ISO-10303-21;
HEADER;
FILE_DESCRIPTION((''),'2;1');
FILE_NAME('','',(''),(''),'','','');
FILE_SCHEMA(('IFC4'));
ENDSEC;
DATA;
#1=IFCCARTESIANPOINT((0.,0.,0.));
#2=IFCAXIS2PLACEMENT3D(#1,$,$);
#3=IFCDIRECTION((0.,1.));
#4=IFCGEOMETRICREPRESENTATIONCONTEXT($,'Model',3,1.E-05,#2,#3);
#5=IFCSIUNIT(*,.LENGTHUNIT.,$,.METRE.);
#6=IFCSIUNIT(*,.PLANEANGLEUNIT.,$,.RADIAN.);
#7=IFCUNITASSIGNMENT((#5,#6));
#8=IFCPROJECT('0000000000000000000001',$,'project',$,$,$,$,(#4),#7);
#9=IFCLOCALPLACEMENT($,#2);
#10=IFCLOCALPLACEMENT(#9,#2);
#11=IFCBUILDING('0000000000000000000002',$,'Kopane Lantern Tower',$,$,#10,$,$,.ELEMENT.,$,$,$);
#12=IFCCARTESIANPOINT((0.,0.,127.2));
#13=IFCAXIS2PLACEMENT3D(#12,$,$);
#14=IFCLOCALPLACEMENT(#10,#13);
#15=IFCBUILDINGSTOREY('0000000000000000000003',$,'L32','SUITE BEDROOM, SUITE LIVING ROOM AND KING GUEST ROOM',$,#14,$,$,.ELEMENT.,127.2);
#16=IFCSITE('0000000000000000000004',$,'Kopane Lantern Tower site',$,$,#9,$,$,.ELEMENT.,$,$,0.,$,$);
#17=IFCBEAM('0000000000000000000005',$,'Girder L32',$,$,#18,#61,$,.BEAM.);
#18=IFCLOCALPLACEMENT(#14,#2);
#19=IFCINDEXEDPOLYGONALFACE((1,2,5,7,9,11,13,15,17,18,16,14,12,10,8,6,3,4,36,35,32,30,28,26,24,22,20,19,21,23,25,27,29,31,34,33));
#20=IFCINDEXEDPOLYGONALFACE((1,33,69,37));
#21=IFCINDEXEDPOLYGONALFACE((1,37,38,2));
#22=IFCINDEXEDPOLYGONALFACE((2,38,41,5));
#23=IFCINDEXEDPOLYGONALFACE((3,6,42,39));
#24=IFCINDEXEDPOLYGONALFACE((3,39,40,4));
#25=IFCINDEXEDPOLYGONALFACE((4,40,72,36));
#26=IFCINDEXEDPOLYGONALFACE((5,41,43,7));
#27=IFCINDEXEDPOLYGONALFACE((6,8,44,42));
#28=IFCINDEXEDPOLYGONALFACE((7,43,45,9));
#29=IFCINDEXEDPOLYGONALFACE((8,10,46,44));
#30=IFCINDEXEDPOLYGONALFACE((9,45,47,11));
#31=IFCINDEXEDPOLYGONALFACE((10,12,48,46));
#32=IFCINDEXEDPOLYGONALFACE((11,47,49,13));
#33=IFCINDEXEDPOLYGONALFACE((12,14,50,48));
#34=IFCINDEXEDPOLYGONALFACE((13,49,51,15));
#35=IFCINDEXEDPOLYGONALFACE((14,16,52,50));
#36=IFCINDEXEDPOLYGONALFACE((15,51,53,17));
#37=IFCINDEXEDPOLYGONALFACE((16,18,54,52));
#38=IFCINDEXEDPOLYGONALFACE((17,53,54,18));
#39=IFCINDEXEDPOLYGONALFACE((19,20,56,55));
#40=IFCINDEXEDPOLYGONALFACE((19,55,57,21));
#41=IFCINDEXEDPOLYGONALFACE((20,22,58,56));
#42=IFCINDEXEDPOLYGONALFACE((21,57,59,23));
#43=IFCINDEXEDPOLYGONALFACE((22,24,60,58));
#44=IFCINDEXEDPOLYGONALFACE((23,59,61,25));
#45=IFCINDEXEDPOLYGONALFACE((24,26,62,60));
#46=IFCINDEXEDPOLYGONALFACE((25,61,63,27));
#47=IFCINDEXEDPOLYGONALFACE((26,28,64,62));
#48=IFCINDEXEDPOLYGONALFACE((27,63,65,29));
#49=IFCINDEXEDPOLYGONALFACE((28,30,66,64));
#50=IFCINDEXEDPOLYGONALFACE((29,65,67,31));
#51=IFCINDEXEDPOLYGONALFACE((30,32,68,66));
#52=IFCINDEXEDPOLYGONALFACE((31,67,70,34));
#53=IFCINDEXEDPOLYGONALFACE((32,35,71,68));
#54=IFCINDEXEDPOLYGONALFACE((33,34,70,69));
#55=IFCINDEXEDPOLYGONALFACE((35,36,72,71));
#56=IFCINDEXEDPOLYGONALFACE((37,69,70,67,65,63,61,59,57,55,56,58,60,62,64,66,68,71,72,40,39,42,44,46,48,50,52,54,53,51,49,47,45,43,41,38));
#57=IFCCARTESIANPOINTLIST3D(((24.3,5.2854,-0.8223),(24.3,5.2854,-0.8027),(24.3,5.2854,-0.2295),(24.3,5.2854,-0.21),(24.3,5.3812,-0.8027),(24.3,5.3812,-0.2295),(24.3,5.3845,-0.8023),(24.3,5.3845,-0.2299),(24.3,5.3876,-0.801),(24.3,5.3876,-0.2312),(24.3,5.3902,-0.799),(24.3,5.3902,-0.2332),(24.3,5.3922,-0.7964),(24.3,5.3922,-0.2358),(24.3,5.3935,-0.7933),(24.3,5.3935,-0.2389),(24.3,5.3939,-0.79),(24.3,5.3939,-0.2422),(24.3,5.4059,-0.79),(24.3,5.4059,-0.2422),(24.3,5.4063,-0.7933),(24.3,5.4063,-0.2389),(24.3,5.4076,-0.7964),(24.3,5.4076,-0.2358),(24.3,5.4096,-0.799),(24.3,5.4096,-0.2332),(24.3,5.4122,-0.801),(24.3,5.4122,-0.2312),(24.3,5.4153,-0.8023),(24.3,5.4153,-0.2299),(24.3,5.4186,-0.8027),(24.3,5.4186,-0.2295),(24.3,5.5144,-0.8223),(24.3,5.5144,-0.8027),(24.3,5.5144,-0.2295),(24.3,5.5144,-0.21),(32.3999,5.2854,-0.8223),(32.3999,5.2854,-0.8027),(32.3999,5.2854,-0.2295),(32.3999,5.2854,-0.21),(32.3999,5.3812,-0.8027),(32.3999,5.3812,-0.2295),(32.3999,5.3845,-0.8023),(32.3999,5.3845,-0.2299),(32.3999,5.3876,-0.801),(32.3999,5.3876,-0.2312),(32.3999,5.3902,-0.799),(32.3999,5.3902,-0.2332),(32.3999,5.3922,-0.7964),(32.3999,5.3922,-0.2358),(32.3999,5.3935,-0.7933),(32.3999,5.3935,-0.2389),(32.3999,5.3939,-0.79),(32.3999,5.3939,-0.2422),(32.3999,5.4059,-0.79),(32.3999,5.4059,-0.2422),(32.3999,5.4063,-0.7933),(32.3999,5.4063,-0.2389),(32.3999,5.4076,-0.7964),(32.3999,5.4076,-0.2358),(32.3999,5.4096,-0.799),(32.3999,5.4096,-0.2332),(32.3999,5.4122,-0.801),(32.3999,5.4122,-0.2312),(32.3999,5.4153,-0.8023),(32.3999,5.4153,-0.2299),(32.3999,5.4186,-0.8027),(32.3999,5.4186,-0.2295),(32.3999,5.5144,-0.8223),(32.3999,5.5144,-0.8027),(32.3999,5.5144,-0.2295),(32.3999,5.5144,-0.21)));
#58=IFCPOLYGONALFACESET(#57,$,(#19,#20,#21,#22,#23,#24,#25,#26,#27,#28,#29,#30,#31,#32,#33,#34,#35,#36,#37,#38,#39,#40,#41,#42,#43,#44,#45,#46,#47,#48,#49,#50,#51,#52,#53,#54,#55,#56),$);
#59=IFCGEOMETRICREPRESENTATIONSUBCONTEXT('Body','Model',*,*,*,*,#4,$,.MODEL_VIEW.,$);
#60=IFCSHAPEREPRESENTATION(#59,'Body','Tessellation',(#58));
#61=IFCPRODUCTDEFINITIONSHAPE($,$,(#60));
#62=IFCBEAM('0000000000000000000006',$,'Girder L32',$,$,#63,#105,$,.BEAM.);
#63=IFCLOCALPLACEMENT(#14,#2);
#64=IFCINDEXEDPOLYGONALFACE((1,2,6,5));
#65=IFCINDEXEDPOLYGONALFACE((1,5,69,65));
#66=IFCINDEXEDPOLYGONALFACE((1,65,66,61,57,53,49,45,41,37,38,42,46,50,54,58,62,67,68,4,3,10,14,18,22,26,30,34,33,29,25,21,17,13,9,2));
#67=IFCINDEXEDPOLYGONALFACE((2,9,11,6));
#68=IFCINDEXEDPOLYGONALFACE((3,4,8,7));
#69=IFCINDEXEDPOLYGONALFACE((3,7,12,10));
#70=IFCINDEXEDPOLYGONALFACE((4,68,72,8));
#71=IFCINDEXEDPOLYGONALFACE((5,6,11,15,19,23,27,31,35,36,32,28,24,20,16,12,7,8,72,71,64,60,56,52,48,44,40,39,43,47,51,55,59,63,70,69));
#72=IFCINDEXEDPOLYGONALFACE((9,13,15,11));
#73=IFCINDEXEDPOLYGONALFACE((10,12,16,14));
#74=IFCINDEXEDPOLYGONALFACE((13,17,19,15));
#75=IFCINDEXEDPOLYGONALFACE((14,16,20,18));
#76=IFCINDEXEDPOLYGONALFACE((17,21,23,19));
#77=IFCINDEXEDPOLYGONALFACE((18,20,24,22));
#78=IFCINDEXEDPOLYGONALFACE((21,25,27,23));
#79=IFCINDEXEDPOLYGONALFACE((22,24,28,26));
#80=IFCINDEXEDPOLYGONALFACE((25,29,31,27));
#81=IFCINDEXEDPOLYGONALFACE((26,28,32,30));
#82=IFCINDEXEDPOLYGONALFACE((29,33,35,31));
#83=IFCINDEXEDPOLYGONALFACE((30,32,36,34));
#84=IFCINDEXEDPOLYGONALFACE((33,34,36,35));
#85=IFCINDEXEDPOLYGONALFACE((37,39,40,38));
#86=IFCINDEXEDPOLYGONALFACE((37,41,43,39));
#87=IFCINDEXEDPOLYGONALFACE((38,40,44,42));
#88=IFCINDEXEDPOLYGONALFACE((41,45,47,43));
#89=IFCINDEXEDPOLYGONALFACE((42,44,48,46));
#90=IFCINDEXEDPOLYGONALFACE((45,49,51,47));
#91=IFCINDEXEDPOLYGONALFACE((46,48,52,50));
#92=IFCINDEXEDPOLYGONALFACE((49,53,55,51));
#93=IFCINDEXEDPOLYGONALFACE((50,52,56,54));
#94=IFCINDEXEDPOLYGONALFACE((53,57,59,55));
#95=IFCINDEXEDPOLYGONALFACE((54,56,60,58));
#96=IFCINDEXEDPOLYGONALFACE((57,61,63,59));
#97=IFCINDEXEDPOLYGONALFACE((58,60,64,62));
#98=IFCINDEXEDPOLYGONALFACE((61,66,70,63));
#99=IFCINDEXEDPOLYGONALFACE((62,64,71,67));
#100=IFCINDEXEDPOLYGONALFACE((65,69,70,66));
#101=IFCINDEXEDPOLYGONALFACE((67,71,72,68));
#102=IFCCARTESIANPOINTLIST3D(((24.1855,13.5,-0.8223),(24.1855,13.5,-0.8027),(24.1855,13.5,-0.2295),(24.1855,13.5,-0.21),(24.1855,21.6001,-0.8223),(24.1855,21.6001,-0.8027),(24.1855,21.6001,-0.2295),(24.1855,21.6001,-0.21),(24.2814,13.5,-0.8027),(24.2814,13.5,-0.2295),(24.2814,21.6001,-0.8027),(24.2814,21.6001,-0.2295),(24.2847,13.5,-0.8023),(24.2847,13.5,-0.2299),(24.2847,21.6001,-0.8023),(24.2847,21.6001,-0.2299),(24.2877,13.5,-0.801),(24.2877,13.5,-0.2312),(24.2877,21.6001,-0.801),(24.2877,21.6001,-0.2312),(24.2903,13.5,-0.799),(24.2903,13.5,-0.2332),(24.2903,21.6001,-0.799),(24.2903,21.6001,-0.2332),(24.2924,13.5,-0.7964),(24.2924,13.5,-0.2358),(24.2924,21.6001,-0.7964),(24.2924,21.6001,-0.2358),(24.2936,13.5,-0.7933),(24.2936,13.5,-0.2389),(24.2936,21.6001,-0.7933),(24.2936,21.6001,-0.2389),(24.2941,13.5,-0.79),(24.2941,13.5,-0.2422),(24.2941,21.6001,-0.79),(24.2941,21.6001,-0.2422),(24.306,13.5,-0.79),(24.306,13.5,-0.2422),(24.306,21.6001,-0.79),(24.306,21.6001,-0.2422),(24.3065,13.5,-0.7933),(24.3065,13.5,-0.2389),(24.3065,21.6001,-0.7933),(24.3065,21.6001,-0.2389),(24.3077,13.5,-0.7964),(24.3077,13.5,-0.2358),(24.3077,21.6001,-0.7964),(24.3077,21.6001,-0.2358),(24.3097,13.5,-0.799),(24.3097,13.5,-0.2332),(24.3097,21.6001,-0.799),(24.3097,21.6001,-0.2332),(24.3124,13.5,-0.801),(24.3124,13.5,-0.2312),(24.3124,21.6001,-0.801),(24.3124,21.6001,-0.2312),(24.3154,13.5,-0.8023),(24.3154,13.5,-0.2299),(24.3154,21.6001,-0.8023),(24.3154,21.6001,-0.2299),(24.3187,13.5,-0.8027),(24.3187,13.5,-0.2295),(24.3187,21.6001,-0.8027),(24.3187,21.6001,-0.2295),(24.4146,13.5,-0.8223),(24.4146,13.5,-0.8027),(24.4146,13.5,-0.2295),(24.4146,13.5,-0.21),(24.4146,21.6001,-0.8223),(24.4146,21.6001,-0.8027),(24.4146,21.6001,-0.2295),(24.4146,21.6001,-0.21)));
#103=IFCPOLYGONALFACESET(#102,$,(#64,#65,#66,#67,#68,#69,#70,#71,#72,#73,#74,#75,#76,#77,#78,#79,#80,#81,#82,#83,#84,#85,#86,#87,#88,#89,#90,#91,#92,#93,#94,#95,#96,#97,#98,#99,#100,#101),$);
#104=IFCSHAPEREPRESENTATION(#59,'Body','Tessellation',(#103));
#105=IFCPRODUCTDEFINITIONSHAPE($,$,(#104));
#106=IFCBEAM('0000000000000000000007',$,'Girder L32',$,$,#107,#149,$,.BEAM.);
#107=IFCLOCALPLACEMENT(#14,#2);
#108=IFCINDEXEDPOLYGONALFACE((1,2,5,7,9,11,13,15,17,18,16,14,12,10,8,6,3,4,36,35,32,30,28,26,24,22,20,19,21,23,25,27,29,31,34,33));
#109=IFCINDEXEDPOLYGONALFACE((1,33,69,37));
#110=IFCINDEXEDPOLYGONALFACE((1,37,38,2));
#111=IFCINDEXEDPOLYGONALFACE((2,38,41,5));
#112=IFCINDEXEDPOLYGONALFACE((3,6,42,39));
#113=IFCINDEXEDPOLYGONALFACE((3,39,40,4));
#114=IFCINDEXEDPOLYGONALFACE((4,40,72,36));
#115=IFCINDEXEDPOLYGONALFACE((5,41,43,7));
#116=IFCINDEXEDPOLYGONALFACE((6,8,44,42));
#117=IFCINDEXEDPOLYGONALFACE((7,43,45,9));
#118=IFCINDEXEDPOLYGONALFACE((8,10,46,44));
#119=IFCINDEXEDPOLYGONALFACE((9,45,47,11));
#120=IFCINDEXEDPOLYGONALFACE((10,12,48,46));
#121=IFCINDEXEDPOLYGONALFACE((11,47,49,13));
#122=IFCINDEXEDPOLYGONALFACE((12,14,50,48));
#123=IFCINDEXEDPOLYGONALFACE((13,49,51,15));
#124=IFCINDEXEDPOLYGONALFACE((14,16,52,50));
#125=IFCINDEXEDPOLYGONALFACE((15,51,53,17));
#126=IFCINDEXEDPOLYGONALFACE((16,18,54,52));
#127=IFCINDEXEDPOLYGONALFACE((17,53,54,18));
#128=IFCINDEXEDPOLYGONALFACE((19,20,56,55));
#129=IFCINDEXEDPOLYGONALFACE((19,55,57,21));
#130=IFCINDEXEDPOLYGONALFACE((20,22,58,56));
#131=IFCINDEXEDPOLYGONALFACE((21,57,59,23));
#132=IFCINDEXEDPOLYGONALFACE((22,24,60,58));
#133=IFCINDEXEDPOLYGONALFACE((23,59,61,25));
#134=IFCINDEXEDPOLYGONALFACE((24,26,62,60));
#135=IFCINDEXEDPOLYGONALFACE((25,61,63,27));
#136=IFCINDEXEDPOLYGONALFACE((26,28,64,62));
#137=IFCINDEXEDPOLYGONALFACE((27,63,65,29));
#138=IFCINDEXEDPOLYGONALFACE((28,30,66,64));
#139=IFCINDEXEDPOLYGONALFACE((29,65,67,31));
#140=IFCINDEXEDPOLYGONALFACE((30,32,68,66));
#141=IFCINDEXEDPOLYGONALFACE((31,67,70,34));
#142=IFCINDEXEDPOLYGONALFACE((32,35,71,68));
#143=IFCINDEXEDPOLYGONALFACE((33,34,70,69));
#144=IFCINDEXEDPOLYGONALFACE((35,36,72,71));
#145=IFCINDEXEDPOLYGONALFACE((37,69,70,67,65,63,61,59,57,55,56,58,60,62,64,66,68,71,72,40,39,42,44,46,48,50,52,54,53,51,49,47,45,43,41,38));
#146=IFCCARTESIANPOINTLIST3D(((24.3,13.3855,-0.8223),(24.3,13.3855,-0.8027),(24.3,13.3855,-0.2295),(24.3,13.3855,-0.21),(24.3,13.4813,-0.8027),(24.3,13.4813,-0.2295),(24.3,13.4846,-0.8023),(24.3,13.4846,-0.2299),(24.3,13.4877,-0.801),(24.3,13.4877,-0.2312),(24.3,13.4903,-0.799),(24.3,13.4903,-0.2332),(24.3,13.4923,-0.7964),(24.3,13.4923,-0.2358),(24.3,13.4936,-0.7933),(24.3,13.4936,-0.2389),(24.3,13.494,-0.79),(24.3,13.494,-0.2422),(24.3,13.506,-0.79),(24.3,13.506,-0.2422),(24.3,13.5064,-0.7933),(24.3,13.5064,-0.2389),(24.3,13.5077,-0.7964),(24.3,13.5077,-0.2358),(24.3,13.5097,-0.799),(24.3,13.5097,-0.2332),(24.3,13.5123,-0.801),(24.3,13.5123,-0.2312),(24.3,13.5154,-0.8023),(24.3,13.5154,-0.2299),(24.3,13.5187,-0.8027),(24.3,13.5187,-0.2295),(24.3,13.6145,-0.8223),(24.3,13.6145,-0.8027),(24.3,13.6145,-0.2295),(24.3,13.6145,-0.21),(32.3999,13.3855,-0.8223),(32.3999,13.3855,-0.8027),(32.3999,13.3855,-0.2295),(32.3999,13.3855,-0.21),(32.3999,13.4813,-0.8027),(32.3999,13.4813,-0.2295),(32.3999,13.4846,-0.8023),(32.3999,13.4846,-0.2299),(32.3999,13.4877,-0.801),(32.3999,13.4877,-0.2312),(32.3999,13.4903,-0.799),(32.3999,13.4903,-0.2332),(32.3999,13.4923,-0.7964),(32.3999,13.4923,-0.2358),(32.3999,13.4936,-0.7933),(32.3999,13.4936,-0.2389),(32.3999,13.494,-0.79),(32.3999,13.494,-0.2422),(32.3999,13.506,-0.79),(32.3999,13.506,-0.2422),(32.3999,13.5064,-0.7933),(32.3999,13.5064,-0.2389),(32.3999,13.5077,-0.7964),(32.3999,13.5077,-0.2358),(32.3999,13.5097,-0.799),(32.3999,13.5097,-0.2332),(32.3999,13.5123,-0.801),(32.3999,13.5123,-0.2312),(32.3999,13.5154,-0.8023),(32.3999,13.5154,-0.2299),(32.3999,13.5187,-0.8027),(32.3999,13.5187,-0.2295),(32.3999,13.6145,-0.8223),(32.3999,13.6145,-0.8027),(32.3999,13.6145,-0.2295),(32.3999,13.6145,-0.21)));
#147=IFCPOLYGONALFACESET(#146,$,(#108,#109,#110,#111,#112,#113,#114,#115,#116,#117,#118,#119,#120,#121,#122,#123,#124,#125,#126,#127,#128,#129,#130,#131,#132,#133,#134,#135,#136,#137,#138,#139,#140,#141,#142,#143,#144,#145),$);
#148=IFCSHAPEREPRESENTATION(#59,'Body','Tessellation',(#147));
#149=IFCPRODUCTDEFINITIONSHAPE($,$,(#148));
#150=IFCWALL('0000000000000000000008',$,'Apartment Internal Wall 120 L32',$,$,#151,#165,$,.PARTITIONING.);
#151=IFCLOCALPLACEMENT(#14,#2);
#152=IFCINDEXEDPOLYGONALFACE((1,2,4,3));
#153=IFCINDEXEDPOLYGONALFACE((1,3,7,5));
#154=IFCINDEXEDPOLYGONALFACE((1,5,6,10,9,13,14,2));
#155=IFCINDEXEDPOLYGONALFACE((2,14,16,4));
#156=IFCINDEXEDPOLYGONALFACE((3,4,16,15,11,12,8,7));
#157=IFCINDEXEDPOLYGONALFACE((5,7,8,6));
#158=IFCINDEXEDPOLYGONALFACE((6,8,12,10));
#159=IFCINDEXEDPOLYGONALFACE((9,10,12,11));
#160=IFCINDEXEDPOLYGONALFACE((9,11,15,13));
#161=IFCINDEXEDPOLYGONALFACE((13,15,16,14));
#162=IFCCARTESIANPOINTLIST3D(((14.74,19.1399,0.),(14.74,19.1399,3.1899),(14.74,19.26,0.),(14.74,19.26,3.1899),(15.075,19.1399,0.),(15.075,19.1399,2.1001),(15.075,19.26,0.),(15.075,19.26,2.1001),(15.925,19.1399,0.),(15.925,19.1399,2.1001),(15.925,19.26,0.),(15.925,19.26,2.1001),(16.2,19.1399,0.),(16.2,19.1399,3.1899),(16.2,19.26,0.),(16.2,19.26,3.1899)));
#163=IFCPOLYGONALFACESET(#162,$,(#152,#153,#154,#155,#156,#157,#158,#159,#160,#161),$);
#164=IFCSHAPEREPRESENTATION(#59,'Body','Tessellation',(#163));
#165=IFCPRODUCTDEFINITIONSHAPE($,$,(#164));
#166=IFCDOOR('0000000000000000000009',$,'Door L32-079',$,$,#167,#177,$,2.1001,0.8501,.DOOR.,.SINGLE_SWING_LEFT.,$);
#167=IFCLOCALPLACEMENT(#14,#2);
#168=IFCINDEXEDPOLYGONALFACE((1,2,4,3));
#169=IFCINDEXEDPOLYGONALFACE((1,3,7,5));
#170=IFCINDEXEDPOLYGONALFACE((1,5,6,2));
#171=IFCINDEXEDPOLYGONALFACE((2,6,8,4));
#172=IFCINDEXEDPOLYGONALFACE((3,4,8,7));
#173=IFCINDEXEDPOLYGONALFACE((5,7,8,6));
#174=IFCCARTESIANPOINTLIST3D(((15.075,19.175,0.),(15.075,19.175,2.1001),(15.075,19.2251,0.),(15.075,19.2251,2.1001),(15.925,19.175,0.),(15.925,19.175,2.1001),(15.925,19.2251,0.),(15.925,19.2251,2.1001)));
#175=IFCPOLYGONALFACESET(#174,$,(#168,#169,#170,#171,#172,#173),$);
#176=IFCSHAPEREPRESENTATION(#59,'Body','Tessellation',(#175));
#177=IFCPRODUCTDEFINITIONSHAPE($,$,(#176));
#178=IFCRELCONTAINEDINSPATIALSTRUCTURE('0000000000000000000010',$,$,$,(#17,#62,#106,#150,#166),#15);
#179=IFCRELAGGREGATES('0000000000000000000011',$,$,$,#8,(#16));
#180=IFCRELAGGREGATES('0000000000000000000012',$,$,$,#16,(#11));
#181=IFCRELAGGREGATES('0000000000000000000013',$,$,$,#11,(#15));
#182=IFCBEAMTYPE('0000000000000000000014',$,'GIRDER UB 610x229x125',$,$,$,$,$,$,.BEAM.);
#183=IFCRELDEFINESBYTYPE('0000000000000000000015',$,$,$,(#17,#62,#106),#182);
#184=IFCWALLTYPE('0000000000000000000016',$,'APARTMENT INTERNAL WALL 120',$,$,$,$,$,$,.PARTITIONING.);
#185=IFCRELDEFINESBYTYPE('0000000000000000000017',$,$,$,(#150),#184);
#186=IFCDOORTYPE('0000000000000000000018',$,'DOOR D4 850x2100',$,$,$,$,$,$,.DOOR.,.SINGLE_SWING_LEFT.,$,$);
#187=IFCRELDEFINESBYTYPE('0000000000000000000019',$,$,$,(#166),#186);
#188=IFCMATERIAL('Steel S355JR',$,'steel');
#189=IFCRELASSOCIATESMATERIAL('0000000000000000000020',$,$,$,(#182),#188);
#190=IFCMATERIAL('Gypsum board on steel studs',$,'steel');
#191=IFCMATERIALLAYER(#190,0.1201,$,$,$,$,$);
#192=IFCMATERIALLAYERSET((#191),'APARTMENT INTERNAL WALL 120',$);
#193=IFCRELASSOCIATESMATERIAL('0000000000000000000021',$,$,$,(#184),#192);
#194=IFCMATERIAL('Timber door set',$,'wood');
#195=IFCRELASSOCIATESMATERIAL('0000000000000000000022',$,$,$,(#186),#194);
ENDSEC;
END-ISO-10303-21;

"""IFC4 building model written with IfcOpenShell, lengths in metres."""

from ifc_helpers import new_model, si_unit, direction, frame, frame_2d, origin, origin_2d, place, context, subcontext, project, spatial, rectangle, i_section, extrude, material, layer, layer_set, material_profile, profile_set, type_object, element, fill, save


model = new_model("IFC4")

# Units and contexts
model_context = context("Model", 3, precision=1e-05, world=origin(), true_north=direction((0.0, 1.0)))
body_context = subcontext(model_context, "Body", "Model", "MODEL_VIEW")
ifc_project = project(units=[si_unit("LENGTHUNIT", "METRE"), si_unit("PLANEANGLEUNIT", "RADIAN")], contexts=[model_context])

# Site, building, storey
site_placement = place(None, origin())
site = spatial("IfcSite", under=ifc_project, at=site_placement, Name="Kopane Lantern Tower site", CompositionType="ELEMENT", RefElevation=0.0)
building_placement = place(site_placement, origin())
building = spatial("IfcBuilding", under=site, at=building_placement, Name="Kopane Lantern Tower", CompositionType="ELEMENT")
storey_placement = place(building_placement, frame((0.0, 0.0, 127.2)))
storey = spatial("IfcBuildingStorey", under=building, at=storey_placement, Name="L32", Description="SUITE BEDROOM, SUITE LIVING ROOM AND KING GUEST ROOM", CompositionType="ELEMENT", Elevation=127.2)

# Beams
ifc_material_1 = material(Name="Steel S355JR", Category="steel")
ifc_material_profile_1 = material_profile(ifc_material_1, i_section(OverallWidth=0.229, OverallDepth=0.6123, WebThickness=0.012, FlangeThickness=0.0195, FilletRadius=0.0127, at=origin_2d()), Name="UB 610x229x125")
ifc_profile_set_1 = profile_set([ifc_material_profile_1], Name="Steel S355JR")
beam_type = type_object("IfcBeamType", Name="GIRDER UB 610x229x125", PredefinedType="BEAM", material=ifc_profile_set_1)
beam_1_placement = place(storey_placement, frame((24.3, 5.3999, -0.5161), z_axis=(1.0, 0.0, 0.0), x_axis=(0.0, 1.0, 0.0)))
element("IfcBeam", 1, at=beam_1_placement, inside=storey, type_object=beam_type, Name="Girder L32", PredefinedType="BEAM", context=body_context, shape_type="SweptSolid", body=[
    extrude(i_section(OverallWidth=0.229, OverallDepth=0.6123, WebThickness=0.012, FlangeThickness=0.0195, FilletRadius=0.0127, at=origin_2d()), origin(), (0.0, 0.0, 1.0), 8.0999),
])
beam_2_placement = place(storey_placement, frame((24.3, 13.5, -0.5161), z_axis=(0.0, 1.0, 0.0), x_axis=(-1.0, 0.0, 0.0)))
element("IfcBeam", 2, at=beam_2_placement, inside=storey, type_object=beam_type, Name="Girder L32", PredefinedType="BEAM", context=body_context, shape_type="SweptSolid", body=[
    extrude(i_section(OverallWidth=0.229, OverallDepth=0.6123, WebThickness=0.012, FlangeThickness=0.0195, FilletRadius=0.0127, at=origin_2d()), origin(), (0.0, 0.0, 1.0), 8.1001),
])
beam_3_placement = place(storey_placement, frame((24.3, 13.5, -0.5161), z_axis=(1.0, 0.0, 0.0), x_axis=(0.0, 1.0, 0.0)))
element("IfcBeam", 3, at=beam_3_placement, inside=storey, type_object=beam_type, Name="Girder L32", PredefinedType="BEAM", context=body_context, shape_type="SweptSolid", body=[
    extrude(i_section(OverallWidth=0.229, OverallDepth=0.6123, WebThickness=0.012, FlangeThickness=0.0195, FilletRadius=0.0127, at=origin_2d()), origin(), (0.0, 0.0, 1.0), 8.0999),
])

# Wall, opening, door
ifc_material_2 = material(Name="Gypsum board on steel studs", Category="steel")
ifc_layer_1 = layer(ifc_material_2, 0.1201)
ifc_layer_set_1 = layer_set([ifc_layer_1], Name="APARTMENT INTERNAL WALL 120")
wall_type_1 = type_object("IfcWallType", Name="APARTMENT INTERNAL WALL 120", PredefinedType="PARTITIONING", material=ifc_layer_set_1)
wall_1_placement = place(storey_placement, frame((16.2, 19.2, 0.0), z_axis=(0.0, 0.0, 1.0), x_axis=(-1.0, 0.0, 0.0)))
wall_1 = element("IfcWall", 4, at=wall_1_placement, inside=storey, type_object=wall_type_1, Name="Apartment Internal Wall 120 L32", PredefinedType="PARTITIONING", context=body_context, shape_type="SweptSolid", body=[
    extrude(rectangle(XDim=1.46, YDim=0.1201, at=frame_2d((0.73, 0.0))), origin(), (0.0, 0.0, 1.0), 3.1899),
])
opening_1_placement = place(wall_1_placement, frame((0.2749, 0.0, 0.0)))
opening_1 = element("IfcOpeningElement", 5, at=opening_1_placement, cuts=wall_1, PredefinedType="OPENING", context=body_context, shape_type="SweptSolid", body=[
    extrude(rectangle(XDim=0.8501, YDim=2.1001, at=frame_2d((0.425, 1.05))), frame((0.0, 0.0701, 0.0), z_axis=(0.0, -1.0, 0.0), x_axis=(1.0, 0.0, 0.0)), (0.0, 0.0, 1.0), 0.1401),
])
ifc_material_3 = material(Name="Timber door set", Category="wood")
door_type = type_object("IfcDoorType", Name="DOOR D4 850x2100", OperationType="SINGLE_SWING_LEFT", PredefinedType="DOOR", material=ifc_material_3)
door_1_placement = place(opening_1_placement, origin())
door_1 = element("IfcDoor", 6, at=door_1_placement, inside=storey, type_object=door_type, Name="Door L32-079", OperationType="SINGLE_SWING_LEFT", OverallHeight=2.1001, OverallWidth=0.8501, PredefinedType="DOOR", context=body_context, shape_type="SweptSolid", body=[
    extrude(rectangle(XDim=0.8501, YDim=2.1001, at=frame_2d((0.425, 1.05))), frame((0.0, 0.0249, 0.0), z_axis=(0.0, -1.0, 0.0), x_axis=(1.0, 0.0, 0.0)), (0.0, 0.0, 1.0), 0.05),
])
fill(opening_1, door_1)

save(model, "model.ifc")
